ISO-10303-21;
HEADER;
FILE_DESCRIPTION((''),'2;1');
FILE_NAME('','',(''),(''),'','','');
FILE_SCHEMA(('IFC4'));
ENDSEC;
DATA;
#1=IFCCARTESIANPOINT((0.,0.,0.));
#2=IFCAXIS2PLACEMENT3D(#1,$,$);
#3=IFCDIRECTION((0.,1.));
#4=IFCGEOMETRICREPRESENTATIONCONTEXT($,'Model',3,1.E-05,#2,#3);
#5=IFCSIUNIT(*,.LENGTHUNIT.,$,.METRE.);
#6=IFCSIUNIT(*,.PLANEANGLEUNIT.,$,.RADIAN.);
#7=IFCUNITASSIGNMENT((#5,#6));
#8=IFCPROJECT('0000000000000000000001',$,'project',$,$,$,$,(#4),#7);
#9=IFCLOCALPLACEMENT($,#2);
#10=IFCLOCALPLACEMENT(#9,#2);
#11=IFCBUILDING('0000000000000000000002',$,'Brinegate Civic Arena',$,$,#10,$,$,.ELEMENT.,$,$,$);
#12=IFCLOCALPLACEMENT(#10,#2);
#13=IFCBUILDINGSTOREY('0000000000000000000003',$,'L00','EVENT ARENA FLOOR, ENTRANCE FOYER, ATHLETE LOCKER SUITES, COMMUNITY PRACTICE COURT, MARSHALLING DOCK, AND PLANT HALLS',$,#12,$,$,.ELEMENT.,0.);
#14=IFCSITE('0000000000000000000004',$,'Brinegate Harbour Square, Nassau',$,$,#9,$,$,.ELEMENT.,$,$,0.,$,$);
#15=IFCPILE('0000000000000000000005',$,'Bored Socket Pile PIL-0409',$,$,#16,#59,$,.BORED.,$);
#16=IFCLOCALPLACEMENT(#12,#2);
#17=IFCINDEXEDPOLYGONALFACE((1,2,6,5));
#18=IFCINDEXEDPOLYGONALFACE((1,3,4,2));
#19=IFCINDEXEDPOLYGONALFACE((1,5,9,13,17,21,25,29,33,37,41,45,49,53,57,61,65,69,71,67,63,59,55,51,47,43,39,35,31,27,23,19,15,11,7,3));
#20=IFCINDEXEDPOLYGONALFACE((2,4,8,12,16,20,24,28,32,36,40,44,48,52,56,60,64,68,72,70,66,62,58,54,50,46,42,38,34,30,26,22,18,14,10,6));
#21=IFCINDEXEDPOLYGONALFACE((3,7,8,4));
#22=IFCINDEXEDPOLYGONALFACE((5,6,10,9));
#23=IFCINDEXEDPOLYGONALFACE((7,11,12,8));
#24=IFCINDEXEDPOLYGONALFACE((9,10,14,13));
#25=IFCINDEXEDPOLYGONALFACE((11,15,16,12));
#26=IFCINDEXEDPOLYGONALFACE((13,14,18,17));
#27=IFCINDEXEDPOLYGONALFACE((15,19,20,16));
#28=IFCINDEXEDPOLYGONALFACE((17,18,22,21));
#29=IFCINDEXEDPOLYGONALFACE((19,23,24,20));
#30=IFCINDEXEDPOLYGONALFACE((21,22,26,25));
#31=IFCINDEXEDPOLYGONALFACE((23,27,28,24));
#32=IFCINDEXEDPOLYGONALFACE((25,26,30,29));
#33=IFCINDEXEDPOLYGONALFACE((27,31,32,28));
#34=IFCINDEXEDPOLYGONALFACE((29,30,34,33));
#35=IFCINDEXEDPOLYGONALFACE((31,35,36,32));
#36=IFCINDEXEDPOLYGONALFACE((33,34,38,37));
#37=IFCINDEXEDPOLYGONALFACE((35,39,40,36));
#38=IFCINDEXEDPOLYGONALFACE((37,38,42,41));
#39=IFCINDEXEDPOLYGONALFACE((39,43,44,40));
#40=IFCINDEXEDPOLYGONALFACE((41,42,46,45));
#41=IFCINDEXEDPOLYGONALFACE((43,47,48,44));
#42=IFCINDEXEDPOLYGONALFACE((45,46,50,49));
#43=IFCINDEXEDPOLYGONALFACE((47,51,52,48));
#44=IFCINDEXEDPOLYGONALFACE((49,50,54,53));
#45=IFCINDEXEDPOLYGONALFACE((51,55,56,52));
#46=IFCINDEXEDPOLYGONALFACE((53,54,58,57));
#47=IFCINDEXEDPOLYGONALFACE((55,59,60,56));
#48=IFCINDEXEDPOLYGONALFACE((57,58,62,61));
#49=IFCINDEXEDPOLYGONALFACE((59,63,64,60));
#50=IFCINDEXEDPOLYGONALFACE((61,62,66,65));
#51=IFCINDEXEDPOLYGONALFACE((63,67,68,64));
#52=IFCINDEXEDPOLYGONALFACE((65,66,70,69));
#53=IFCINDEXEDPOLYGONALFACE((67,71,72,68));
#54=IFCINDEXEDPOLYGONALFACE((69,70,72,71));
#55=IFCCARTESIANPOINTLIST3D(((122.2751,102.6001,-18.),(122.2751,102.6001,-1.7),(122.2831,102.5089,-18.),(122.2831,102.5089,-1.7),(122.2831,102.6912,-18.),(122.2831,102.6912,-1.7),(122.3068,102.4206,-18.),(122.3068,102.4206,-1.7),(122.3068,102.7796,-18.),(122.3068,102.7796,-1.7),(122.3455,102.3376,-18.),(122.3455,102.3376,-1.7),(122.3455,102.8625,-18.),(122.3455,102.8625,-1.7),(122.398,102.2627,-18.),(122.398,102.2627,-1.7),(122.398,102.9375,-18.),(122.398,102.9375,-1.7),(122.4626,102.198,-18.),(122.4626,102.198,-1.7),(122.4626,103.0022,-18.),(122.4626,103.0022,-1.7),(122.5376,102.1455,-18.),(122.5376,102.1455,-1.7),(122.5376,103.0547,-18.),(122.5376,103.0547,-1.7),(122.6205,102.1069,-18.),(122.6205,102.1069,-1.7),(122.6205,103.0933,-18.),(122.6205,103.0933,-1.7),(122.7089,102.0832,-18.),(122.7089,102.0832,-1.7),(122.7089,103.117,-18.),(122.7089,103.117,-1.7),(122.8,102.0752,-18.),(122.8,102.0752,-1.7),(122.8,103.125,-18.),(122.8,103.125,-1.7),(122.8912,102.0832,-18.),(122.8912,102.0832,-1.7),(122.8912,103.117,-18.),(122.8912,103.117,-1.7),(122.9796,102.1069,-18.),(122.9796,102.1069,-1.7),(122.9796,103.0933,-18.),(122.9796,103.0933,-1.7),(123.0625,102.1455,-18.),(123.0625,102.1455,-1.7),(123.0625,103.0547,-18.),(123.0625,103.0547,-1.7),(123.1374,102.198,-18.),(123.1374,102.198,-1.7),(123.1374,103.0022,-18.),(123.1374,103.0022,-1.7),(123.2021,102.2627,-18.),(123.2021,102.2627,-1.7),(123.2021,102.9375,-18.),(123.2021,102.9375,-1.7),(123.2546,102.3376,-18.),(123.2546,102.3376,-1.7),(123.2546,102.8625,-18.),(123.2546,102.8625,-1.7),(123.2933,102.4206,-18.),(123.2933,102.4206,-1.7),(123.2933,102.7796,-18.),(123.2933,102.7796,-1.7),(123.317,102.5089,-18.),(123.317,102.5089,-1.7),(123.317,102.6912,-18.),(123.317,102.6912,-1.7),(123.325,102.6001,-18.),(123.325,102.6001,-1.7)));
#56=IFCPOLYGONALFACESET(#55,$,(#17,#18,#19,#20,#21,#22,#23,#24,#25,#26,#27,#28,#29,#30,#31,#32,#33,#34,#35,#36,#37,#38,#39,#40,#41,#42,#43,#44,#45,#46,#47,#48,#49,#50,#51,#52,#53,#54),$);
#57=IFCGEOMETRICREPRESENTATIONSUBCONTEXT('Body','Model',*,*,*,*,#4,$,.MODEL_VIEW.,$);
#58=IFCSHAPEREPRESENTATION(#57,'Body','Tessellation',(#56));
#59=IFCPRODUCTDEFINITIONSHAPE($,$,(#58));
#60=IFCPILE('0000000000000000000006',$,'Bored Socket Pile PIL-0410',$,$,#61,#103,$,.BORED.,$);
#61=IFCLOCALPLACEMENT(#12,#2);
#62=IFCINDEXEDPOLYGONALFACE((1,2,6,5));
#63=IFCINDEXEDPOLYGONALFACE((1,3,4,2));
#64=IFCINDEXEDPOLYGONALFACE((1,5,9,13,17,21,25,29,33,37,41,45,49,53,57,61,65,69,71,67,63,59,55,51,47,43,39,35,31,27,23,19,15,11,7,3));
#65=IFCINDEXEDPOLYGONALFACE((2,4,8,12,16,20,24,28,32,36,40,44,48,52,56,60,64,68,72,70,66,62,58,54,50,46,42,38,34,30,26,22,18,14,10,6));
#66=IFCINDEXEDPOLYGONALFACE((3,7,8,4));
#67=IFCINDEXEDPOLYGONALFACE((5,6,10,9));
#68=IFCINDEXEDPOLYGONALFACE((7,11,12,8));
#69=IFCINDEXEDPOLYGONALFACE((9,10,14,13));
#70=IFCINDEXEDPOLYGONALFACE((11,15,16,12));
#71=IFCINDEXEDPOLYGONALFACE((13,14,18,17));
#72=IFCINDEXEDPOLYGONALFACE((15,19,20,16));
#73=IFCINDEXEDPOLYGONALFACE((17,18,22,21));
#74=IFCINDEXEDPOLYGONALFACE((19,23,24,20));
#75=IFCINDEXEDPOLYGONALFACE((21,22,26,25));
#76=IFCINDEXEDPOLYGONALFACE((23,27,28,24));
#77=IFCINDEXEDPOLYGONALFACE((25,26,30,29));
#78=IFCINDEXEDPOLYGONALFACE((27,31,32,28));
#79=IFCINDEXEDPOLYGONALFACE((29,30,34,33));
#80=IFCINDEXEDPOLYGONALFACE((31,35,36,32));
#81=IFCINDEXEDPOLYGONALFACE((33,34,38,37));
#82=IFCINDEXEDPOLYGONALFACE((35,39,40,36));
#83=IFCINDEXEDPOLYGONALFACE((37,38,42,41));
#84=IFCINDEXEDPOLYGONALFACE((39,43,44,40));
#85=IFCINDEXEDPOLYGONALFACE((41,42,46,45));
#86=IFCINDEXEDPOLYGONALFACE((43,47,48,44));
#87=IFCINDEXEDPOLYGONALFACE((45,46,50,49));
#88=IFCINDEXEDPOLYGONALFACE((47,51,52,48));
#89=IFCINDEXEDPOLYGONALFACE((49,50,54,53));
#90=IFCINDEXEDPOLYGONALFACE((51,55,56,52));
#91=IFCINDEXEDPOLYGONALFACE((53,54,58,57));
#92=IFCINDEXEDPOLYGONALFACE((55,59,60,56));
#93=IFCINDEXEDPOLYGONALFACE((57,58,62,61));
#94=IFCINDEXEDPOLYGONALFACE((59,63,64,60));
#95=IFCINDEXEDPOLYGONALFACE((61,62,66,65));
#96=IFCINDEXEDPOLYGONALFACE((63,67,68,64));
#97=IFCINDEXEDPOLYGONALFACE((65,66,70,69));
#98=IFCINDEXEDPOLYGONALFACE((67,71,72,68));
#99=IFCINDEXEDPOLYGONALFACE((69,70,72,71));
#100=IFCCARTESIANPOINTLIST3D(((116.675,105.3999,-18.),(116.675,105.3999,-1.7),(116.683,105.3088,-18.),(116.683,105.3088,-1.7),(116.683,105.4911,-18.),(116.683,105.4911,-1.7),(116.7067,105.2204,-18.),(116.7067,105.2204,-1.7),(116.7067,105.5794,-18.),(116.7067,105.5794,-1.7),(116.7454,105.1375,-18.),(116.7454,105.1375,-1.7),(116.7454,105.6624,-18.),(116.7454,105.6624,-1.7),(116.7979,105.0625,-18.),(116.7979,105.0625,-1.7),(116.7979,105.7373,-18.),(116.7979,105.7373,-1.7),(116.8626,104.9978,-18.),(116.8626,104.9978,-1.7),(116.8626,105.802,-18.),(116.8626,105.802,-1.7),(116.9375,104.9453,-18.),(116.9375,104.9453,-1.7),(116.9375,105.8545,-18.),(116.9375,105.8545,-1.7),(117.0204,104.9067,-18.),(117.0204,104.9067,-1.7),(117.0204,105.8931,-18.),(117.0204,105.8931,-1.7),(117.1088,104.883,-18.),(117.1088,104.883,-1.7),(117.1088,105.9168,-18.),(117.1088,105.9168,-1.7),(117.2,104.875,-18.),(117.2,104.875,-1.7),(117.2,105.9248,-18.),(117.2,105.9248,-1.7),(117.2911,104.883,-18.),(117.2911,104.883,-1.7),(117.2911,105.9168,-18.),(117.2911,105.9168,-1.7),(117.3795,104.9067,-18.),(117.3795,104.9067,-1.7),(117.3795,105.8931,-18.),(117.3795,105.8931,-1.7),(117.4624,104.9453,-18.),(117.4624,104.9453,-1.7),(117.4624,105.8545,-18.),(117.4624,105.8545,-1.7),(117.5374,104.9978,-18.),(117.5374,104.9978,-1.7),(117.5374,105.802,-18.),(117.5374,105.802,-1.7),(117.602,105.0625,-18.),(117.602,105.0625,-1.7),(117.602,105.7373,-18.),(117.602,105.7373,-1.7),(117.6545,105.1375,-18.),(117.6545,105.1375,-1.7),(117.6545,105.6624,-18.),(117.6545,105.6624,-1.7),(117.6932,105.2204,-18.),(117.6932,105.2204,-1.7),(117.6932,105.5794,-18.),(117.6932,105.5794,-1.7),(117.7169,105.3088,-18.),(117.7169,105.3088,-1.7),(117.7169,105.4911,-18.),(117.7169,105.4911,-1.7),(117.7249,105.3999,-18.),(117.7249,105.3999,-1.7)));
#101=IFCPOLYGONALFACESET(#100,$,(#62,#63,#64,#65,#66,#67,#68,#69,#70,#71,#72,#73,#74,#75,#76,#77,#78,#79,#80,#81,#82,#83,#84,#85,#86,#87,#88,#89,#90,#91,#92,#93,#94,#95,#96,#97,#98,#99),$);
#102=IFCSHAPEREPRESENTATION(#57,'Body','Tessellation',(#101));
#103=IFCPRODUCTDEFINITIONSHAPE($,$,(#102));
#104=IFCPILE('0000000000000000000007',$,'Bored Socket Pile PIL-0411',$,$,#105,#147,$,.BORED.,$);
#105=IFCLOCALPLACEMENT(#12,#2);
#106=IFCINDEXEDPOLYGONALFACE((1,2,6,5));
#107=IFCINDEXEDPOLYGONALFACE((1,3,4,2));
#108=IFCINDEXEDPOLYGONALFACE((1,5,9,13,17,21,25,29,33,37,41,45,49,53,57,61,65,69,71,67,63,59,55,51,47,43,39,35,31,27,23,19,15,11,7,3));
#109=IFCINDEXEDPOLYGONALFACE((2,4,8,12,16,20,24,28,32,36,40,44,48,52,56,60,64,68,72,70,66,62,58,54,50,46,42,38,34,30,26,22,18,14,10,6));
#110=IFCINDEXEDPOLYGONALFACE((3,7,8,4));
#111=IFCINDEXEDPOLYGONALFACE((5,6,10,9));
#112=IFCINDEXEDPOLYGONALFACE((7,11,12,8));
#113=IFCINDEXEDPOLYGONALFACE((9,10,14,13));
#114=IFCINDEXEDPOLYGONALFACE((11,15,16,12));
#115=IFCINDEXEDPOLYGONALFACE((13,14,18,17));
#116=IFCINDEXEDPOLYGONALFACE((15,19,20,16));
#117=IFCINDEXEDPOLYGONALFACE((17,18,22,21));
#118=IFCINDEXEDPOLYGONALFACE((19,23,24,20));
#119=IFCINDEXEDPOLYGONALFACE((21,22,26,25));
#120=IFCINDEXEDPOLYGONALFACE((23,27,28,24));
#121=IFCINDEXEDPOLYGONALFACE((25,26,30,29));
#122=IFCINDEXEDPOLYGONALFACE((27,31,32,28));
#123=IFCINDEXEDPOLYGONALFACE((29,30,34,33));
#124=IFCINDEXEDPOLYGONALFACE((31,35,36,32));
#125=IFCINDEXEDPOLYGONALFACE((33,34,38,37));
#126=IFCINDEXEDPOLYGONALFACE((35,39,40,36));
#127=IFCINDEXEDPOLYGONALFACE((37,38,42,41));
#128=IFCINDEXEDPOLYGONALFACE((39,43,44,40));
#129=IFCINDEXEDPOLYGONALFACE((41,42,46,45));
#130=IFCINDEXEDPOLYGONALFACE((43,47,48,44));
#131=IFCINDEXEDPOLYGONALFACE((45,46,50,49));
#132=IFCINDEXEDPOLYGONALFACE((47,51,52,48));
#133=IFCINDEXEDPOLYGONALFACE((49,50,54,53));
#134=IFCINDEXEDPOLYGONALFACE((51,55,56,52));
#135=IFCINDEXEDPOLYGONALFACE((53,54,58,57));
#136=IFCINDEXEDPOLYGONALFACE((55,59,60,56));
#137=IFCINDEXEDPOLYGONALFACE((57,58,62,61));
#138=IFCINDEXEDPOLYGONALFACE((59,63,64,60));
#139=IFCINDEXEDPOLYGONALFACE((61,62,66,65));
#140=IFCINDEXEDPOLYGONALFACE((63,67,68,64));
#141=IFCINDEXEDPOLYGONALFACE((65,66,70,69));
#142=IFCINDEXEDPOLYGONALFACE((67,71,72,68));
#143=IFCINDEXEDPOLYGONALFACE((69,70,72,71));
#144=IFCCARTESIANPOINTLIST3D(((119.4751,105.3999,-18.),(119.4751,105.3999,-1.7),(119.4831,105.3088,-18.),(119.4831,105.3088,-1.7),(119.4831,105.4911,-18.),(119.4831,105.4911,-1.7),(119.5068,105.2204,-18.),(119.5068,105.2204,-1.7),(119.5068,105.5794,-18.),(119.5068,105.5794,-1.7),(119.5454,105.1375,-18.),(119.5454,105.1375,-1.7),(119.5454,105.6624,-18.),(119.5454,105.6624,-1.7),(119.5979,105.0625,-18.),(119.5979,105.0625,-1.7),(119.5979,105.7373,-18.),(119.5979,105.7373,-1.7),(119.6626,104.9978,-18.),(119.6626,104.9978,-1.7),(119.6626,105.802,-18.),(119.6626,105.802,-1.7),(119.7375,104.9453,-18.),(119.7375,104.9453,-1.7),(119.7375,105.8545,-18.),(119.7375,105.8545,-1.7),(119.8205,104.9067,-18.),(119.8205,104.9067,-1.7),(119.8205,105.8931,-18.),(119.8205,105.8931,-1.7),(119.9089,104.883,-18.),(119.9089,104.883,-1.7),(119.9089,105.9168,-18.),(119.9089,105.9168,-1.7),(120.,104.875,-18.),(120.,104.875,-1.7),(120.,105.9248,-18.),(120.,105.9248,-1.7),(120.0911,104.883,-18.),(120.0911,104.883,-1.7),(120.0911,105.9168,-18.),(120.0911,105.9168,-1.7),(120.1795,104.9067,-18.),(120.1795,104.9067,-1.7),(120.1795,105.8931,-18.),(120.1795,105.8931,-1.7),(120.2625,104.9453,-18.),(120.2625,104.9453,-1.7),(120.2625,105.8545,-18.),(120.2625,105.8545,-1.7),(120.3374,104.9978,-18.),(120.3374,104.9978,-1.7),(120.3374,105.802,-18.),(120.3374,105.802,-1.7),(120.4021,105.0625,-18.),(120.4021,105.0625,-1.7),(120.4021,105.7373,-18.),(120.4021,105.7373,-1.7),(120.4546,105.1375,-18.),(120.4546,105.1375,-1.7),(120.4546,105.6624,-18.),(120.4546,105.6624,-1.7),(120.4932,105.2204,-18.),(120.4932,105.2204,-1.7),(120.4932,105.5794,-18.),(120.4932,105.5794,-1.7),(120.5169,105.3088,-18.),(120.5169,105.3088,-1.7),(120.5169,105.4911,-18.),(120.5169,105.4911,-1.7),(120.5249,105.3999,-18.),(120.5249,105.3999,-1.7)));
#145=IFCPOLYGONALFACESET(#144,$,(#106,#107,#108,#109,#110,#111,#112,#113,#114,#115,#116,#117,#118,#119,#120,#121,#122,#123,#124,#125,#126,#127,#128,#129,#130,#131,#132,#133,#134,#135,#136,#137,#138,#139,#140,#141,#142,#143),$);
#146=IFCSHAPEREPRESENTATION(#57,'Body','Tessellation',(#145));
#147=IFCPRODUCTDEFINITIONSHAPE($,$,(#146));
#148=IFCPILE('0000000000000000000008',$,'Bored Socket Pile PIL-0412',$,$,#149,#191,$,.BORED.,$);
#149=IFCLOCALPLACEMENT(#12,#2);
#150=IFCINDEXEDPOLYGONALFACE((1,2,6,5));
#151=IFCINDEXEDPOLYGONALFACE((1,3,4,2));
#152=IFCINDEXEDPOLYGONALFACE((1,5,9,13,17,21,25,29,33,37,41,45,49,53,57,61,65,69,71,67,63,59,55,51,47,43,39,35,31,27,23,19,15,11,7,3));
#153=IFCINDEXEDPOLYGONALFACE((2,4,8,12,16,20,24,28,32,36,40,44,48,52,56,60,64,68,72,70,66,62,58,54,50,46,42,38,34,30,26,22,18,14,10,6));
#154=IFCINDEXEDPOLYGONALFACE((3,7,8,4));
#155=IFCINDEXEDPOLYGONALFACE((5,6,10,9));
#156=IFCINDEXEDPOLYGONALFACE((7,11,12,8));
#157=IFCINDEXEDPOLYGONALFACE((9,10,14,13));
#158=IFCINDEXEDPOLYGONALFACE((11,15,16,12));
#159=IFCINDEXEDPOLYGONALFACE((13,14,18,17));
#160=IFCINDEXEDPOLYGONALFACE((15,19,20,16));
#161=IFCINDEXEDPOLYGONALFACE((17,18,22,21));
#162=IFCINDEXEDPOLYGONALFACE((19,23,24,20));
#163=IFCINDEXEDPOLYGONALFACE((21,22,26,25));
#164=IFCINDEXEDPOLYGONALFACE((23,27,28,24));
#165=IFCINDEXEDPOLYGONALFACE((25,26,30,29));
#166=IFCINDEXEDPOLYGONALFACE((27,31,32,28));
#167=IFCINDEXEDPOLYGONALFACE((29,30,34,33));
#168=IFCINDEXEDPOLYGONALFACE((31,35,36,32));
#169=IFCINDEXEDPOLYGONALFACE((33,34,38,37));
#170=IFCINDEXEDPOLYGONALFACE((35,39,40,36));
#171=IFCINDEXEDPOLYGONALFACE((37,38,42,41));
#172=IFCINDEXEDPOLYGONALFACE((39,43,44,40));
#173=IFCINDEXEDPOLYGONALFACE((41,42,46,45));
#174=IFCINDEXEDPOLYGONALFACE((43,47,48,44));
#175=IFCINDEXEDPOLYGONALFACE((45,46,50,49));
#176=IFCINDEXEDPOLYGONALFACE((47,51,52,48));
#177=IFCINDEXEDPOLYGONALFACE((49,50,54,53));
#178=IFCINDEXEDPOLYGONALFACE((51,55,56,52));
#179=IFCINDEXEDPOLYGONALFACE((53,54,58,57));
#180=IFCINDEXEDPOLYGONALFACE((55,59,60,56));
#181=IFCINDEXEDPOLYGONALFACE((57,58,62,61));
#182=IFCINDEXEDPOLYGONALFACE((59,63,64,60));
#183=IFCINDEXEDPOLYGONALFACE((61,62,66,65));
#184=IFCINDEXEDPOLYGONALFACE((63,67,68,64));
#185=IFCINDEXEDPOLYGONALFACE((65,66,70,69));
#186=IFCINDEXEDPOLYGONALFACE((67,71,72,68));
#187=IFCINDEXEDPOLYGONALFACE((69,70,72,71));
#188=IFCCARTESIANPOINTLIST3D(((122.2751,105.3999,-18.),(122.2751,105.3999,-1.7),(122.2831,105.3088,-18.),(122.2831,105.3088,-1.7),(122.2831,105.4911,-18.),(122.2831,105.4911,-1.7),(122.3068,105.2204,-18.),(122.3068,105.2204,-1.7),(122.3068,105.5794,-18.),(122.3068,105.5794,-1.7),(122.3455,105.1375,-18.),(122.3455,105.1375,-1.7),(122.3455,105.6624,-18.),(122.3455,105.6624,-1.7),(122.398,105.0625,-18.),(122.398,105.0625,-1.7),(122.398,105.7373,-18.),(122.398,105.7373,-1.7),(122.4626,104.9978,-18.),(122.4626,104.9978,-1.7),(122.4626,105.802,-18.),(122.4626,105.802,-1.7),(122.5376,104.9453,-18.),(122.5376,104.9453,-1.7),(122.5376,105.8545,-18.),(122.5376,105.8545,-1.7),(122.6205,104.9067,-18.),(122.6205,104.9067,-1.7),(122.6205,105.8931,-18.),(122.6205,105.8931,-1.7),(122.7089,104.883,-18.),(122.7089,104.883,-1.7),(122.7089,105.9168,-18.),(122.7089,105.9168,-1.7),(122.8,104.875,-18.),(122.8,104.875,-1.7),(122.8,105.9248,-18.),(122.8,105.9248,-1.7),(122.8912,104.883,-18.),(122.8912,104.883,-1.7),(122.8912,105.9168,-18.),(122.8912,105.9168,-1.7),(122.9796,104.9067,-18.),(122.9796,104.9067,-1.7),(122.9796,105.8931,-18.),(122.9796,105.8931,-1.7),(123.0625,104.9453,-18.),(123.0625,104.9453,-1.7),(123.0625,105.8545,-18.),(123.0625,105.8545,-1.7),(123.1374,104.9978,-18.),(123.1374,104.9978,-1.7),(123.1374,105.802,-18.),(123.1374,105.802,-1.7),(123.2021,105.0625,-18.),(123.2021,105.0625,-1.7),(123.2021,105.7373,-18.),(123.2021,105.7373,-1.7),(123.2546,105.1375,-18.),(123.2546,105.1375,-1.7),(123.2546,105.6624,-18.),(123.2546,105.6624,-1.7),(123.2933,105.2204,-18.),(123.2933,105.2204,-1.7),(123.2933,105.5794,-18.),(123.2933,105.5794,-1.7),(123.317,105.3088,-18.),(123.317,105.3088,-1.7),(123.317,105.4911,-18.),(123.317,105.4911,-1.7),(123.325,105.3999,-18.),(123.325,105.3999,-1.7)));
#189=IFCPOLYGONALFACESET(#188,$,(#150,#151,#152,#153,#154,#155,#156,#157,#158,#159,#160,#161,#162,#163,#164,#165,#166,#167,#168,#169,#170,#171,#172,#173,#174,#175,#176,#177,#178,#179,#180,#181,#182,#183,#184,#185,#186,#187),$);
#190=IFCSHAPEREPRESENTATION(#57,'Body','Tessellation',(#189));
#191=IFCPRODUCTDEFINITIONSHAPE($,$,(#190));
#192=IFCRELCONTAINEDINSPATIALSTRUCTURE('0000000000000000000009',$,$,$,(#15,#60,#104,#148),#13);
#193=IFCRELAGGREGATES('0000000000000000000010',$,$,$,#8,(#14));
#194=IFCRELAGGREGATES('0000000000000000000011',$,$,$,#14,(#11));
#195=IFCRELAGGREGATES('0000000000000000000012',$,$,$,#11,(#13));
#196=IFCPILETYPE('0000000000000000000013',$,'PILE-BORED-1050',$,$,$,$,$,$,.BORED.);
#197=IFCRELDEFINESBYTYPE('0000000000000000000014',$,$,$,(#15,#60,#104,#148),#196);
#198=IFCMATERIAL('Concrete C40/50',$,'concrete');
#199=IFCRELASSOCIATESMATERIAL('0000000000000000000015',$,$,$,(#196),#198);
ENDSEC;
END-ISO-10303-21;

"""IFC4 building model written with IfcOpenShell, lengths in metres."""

from ifc_helpers import new_model, si_unit, direction, frame, origin, origin_2d, place, context, subcontext, project, spatial, circle, extrude, material, material_profile, profile_set, type_object, element, save


model = new_model("IFC4")

# Units and contexts
model_context = context("Model", 3, precision=1e-05, world=origin(), true_north=direction((0.0, 1.0)))
body_context = subcontext(model_context, "Body", "Model", "MODEL_VIEW")
ifc_project = project(units=[si_unit("LENGTHUNIT", "METRE"), si_unit("PLANEANGLEUNIT", "RADIAN")], contexts=[model_context])

# Site, building, storey
site_placement = place(None, origin())
site = spatial("IfcSite", under=ifc_project, at=site_placement, Name="Brinegate Harbour Square, Nassau", CompositionType="ELEMENT", RefElevation=0.0)
building_placement = place(site_placement, origin())
building = spatial("IfcBuilding", under=site, at=building_placement, Name="Brinegate Civic Arena", CompositionType="ELEMENT")
storey_placement = place(building_placement, origin())
storey = spatial("IfcBuildingStorey", under=building, at=storey_placement, Name="L00", Description="EVENT ARENA FLOOR, ENTRANCE FOYER, ATHLETE LOCKER SUITES, COMMUNITY PRACTICE COURT, MARSHALLING DOCK, AND PLANT HALLS", CompositionType="ELEMENT", Elevation=0.0)

# Shared definitions
ifc_material_1 = material(Name="Concrete C40/50", Category="concrete")

# Piles
ifc_material_profile_1 = material_profile(ifc_material_1, circle(Radius=0.5249, at=origin_2d()), Name="PILED1050")
ifc_profile_set_1 = profile_set([ifc_material_profile_1], Name="Concrete C40/50")
pile_type_1 = type_object("IfcPileType", Name="PILE-BORED-1050", PredefinedType="BORED", material=ifc_profile_set_1)
for number, where, z_axis, x_axis, name in (
    (1, (122.8, 102.6001, -1.7), (0.0, 0.0, -1.0), (1.0, 0.0, 0.0), "Bored Socket Pile PIL-0409"),
    (2, (117.2, 105.3999, -1.7), (0.0, 0.0, -1.0), (1.0, 0.0, 0.0), "Bored Socket Pile PIL-0410"),
    (3, (120.0, 105.3999, -1.7), (0.0, 0.0, -1.0), (1.0, 0.0, 0.0), "Bored Socket Pile PIL-0411"),
    (4, (122.8, 105.3999, -1.7), (0.0, 0.0, -1.0), (1.0, 0.0, 0.0), "Bored Socket Pile PIL-0412"),
):
    element("IfcPile", number, at=place(storey_placement, frame(where, z_axis=z_axis, x_axis=x_axis)), inside=storey, type_object=pile_type_1, Name=name, PredefinedType="BORED", context=body_context, shape_type="SweptSolid", body=[
        extrude(circle(Radius=0.5249, at=origin_2d()), origin(), (0.0, 0.0, 1.0), 16.3),
    ])

save(model, "model.ifc")
